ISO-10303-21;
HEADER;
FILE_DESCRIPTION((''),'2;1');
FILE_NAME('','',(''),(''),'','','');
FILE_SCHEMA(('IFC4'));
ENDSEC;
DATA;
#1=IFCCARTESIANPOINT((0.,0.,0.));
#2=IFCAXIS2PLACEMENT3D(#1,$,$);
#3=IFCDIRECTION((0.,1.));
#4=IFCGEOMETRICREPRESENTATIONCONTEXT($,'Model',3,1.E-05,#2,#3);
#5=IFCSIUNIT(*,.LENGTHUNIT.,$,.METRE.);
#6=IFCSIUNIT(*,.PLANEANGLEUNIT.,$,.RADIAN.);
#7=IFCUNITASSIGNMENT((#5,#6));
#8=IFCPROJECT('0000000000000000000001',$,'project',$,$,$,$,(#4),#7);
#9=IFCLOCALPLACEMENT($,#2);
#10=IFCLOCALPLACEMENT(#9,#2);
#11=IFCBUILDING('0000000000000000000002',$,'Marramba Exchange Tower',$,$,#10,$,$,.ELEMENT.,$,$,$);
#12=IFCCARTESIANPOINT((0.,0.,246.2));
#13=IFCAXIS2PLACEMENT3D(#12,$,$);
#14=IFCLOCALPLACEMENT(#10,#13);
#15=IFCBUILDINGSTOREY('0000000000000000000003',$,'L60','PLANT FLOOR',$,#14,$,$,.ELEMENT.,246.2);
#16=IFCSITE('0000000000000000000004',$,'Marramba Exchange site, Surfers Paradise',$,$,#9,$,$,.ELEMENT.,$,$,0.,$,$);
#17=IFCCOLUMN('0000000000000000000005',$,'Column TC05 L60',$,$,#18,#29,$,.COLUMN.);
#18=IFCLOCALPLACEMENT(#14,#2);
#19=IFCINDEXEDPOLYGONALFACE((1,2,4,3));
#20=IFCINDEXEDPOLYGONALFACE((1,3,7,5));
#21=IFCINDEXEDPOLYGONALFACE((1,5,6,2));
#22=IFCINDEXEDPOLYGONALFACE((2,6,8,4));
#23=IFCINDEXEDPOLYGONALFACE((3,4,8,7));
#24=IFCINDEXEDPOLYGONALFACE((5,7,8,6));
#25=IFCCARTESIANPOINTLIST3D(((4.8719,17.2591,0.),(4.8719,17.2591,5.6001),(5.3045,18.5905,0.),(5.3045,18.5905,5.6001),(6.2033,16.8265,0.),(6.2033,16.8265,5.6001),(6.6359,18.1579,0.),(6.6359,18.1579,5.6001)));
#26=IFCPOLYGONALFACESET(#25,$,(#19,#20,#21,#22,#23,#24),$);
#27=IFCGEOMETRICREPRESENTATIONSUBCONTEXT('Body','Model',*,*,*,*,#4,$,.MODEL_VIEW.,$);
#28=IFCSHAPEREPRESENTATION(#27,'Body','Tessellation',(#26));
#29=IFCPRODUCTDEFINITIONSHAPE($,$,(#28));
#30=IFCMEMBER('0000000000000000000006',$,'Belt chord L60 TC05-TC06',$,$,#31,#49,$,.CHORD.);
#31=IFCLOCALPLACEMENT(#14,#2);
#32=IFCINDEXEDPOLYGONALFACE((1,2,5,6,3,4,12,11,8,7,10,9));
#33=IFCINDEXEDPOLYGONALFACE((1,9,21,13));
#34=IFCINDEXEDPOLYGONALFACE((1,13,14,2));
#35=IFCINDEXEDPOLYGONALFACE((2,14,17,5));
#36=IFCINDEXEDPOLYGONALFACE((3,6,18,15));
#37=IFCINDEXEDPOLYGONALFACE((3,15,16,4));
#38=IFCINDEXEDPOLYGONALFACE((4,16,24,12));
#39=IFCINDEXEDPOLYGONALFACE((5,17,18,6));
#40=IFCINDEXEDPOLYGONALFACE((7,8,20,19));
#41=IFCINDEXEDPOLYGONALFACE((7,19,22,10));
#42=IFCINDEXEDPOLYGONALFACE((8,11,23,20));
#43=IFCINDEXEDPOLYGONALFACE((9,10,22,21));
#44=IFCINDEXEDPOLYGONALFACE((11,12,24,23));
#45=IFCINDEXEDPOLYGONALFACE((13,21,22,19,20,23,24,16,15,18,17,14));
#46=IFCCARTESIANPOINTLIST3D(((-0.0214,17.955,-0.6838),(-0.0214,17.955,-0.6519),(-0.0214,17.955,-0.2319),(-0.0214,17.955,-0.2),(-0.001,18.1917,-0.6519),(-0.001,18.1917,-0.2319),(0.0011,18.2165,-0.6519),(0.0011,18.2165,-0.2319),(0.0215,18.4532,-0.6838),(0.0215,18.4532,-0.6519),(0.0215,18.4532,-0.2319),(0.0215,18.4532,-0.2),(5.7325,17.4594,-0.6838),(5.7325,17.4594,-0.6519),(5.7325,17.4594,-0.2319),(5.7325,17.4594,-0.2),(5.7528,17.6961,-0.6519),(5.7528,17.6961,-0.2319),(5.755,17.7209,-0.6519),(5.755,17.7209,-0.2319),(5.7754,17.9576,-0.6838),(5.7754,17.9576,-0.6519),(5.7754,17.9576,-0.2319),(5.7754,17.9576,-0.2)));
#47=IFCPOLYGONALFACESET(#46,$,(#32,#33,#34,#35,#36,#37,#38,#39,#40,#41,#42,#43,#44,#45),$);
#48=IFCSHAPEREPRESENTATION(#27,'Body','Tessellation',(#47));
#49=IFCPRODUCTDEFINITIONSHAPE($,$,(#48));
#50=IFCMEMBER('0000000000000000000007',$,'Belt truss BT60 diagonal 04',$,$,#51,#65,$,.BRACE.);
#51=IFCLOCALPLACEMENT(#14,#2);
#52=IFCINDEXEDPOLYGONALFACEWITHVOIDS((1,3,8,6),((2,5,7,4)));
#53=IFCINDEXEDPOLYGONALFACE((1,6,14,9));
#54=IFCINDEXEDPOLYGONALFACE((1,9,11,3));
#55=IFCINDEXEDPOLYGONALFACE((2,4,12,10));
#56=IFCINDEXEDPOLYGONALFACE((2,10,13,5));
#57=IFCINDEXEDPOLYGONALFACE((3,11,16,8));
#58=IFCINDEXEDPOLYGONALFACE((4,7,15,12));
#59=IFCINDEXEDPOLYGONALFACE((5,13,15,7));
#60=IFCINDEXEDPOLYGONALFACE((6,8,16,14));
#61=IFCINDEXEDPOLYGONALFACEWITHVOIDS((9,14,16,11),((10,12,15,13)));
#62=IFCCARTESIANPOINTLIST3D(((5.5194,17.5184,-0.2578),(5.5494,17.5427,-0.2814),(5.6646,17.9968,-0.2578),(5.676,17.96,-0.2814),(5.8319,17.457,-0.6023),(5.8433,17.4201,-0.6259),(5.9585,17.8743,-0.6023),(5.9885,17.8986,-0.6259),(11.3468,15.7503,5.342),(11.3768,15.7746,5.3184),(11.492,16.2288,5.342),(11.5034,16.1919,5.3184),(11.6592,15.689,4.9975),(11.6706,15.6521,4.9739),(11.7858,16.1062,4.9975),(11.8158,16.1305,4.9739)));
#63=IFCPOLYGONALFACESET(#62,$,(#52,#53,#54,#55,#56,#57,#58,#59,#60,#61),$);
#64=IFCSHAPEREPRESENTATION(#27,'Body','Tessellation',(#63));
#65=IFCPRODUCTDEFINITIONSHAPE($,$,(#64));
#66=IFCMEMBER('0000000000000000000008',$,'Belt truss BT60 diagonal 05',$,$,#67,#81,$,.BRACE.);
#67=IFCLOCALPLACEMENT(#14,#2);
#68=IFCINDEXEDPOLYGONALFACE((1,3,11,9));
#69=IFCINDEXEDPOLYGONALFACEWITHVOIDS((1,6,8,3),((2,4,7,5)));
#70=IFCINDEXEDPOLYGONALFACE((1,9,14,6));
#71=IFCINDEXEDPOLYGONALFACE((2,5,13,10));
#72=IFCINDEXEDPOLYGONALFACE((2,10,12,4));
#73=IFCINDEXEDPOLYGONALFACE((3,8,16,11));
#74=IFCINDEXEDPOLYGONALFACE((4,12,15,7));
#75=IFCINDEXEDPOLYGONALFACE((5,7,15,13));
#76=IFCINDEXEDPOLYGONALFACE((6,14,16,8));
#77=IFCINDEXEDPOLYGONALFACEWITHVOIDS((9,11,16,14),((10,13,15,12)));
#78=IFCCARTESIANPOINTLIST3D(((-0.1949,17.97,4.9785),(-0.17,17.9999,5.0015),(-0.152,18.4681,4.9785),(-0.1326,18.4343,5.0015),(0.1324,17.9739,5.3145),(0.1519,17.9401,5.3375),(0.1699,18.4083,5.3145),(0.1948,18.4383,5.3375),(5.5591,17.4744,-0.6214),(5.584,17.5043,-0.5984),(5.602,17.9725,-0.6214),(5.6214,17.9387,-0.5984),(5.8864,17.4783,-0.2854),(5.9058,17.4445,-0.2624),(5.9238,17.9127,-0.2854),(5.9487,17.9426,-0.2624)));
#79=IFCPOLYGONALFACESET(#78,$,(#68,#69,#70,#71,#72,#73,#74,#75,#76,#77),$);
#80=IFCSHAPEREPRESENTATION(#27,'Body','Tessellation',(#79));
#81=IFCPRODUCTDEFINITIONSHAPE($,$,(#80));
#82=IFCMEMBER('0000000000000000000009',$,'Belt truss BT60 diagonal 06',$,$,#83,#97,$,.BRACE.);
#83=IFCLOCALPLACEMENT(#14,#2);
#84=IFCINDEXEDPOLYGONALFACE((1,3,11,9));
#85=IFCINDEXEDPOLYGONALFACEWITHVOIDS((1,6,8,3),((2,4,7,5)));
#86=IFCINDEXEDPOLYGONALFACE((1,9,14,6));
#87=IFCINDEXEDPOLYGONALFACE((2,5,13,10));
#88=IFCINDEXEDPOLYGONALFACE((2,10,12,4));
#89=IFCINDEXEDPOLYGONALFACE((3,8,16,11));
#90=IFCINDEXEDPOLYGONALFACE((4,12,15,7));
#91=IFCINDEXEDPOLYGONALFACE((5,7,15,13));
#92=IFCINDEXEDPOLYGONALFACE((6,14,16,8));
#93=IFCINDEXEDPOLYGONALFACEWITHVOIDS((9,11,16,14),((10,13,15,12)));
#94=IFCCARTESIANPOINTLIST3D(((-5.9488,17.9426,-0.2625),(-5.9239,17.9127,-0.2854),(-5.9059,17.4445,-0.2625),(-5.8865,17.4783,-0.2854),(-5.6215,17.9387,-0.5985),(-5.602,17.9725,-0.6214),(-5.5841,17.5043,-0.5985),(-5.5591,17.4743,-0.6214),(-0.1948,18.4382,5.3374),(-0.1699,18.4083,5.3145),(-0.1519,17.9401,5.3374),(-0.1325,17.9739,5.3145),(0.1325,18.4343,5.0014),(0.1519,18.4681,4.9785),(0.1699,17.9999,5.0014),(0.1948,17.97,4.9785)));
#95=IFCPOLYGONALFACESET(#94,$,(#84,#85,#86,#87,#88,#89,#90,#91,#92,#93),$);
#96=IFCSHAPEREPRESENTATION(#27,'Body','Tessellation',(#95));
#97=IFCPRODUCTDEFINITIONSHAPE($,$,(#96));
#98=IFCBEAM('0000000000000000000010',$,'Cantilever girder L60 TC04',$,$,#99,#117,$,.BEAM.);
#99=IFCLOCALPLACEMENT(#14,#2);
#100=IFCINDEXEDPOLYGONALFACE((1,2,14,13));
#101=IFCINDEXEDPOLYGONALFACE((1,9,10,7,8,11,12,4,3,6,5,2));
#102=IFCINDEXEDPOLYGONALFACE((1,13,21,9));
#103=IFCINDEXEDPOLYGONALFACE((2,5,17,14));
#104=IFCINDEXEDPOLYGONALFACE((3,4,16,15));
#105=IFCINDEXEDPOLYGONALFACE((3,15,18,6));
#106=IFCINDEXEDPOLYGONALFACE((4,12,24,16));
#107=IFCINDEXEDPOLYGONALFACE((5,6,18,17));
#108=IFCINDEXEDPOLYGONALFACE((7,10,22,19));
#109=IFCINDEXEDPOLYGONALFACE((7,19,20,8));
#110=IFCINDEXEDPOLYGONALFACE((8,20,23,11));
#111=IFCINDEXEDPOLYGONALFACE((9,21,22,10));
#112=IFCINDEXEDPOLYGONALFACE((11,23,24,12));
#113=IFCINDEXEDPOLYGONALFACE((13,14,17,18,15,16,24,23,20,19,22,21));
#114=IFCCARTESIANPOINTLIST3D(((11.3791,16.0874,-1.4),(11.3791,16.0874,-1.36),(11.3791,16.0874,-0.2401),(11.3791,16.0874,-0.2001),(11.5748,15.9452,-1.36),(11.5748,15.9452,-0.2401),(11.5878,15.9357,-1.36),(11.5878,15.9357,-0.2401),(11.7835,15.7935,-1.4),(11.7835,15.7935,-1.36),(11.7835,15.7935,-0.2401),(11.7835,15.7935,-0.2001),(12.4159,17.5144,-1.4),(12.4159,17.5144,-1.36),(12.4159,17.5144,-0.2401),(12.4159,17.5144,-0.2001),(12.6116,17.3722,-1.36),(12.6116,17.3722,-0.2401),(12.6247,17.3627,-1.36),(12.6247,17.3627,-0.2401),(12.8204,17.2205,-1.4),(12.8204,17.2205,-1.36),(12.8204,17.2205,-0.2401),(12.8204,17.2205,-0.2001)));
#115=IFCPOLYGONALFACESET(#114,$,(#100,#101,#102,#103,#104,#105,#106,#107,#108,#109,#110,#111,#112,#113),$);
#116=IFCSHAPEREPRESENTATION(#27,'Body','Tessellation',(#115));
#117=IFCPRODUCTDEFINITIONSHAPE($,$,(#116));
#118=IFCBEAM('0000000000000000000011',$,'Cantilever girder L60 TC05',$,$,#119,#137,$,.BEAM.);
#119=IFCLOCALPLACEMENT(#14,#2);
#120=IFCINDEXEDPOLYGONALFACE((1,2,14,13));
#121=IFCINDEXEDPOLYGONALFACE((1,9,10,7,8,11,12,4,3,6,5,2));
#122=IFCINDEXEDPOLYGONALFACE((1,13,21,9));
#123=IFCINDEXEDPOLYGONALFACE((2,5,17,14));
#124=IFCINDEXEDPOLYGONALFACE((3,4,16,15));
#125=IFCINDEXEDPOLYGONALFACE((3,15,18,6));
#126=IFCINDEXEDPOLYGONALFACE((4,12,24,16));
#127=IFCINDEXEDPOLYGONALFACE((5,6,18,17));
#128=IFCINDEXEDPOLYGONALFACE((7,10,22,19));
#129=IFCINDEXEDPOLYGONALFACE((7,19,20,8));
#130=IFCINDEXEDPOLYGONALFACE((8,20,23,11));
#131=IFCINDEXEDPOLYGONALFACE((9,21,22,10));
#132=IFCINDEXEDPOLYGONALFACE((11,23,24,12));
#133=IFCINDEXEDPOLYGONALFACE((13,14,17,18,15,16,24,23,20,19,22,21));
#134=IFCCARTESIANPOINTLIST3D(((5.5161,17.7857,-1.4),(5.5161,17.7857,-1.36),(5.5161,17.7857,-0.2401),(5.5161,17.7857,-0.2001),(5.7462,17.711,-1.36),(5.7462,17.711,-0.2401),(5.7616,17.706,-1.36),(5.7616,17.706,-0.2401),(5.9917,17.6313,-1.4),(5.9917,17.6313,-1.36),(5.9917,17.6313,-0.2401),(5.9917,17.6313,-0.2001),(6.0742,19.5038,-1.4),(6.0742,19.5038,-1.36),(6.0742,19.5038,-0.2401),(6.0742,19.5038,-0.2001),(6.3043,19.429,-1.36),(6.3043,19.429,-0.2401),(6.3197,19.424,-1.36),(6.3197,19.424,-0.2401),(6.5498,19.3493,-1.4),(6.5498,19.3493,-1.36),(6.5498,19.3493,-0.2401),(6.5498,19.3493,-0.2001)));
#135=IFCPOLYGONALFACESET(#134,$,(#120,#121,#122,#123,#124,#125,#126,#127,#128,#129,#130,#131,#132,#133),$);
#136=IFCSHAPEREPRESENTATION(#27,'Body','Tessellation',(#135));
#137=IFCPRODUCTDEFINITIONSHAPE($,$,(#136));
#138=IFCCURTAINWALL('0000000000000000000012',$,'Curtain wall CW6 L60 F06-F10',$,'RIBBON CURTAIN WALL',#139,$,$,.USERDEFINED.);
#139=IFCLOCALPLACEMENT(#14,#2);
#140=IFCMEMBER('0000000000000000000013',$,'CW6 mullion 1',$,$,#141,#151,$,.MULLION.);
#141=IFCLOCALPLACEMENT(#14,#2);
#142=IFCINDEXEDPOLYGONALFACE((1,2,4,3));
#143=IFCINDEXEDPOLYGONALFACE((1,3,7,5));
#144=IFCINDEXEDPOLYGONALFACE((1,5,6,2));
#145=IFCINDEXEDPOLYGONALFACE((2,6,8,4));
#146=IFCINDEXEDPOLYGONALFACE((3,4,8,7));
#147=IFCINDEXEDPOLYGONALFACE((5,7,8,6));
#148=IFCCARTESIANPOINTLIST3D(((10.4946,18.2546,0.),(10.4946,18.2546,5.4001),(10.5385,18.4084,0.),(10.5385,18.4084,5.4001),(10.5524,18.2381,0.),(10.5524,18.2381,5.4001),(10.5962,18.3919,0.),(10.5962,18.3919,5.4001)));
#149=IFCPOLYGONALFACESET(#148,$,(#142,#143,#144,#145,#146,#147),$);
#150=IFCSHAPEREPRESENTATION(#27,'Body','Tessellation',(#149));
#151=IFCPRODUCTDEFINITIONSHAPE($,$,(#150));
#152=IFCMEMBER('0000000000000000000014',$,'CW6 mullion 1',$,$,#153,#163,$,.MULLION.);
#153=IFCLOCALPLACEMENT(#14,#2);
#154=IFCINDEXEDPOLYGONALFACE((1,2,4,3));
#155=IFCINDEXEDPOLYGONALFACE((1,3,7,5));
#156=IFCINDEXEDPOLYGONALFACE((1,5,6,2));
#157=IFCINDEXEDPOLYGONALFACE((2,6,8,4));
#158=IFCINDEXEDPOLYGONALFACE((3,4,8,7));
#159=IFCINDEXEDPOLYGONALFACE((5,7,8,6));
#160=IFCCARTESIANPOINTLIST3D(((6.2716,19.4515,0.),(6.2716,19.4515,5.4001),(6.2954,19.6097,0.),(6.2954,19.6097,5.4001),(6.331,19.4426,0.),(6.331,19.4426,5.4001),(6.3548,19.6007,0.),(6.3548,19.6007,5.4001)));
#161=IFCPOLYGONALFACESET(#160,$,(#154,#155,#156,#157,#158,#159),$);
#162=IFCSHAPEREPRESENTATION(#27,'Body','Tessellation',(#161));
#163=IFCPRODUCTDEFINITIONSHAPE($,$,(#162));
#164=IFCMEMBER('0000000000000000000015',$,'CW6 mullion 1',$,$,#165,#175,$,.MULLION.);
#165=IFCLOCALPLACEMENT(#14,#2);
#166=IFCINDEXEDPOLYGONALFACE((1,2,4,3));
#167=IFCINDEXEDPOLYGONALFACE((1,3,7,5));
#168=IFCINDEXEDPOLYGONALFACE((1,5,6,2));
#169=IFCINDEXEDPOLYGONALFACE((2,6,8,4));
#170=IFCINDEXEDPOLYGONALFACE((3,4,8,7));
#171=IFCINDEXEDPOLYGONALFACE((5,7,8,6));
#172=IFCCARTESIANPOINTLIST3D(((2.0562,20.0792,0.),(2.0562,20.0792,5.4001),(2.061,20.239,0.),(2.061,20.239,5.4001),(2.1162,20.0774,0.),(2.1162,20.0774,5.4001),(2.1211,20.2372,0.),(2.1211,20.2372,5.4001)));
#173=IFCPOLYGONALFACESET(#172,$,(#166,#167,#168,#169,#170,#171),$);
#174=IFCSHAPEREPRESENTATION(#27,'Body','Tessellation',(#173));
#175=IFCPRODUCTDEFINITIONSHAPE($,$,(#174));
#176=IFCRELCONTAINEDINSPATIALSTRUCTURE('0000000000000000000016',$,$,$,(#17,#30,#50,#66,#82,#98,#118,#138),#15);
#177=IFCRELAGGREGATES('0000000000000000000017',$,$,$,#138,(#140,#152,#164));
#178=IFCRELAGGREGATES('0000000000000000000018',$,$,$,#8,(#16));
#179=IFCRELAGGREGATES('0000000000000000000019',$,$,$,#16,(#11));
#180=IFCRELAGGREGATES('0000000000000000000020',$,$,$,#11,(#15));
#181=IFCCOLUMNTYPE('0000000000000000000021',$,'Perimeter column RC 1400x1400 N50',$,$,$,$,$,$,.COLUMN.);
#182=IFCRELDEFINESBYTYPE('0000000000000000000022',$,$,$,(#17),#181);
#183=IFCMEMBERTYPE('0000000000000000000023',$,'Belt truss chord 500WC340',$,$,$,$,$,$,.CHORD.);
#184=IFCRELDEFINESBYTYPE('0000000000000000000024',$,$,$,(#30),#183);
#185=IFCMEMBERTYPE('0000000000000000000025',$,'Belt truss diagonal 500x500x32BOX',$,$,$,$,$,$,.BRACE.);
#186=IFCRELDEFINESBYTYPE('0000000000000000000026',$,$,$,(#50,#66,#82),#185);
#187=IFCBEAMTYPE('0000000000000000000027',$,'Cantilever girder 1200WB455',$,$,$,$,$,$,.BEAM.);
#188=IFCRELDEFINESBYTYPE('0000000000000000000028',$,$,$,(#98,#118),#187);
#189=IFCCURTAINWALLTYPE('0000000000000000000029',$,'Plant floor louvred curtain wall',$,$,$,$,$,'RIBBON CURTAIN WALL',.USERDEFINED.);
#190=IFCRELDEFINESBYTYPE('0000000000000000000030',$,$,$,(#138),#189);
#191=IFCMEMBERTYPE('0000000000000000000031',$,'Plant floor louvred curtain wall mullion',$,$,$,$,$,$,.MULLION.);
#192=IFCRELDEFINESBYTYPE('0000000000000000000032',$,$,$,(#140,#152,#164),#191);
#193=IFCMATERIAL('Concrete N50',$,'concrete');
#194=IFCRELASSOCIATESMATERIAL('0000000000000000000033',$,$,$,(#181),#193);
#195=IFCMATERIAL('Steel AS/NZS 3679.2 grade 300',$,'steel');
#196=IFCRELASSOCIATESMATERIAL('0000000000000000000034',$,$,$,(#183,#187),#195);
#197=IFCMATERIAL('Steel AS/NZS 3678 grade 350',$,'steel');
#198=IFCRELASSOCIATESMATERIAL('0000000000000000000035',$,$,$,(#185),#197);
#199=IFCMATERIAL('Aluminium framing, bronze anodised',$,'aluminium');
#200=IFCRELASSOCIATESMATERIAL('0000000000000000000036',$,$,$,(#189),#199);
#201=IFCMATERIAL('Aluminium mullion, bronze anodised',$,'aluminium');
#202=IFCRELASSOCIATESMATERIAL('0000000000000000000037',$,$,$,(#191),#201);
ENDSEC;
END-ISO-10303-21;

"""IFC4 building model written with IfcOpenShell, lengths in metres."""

from ifc_helpers import new_model, si_unit, direction, frame, origin, origin_2d, place, context, subcontext, project, spatial, rectangle, hollow_rectangle, i_section, extrude, material, material_profile, profile_set, type_object, element, aggregate, save


model = new_model("IFC4")

# Units and contexts
model_context = context("Model", 3, precision=1e-05, world=origin(), true_north=direction((0.0, 1.0)))
body_context = subcontext(model_context, "Body", "Model", "MODEL_VIEW")
ifc_project = project(units=[si_unit("LENGTHUNIT", "METRE"), si_unit("PLANEANGLEUNIT", "RADIAN")], contexts=[model_context])

# Site, building, storey
site_placement = place(None, origin())
site = spatial("IfcSite", under=ifc_project, at=site_placement, Name="Marramba Exchange site, Surfers Paradise", CompositionType="ELEMENT", RefElevation=0.0)
building_placement = place(site_placement, origin())
building = spatial("IfcBuilding", under=site, at=building_placement, Name="Marramba Exchange Tower", CompositionType="ELEMENT")
storey_placement = place(building_placement, frame((0.0, 0.0, 246.2)))
storey = spatial("IfcBuildingStorey", under=building, at=storey_placement, Name="L60", Description="PLANT FLOOR", CompositionType="ELEMENT", Elevation=246.2)

# Column
ifc_material_1 = material(Name="Concrete N50", Category="concrete")
ifc_material_profile_1 = material_profile(ifc_material_1, rectangle(XDim=1.3999, YDim=1.3999, at=origin_2d()), Name="RC 1400x1400")
ifc_profile_set_1 = profile_set([ifc_material_profile_1], Name="Concrete N50")
column_type = type_object("IfcColumnType", Name="Perimeter column RC 1400x1400 N50", PredefinedType="COLUMN", material=ifc_profile_set_1)
column_placement = place(storey_placement, frame((5.7539, 17.7085, 0.0), z_axis=(0.0, 0.0, 1.0), x_axis=(0.309017, 0.951057, 0.0)))
element("IfcColumn", 1, at=column_placement, inside=storey, type_object=column_type, Name="Column TC05 L60", PredefinedType="COLUMN", context=body_context, shape_type="SweptSolid", body=[
    extrude(rectangle(XDim=1.3999, YDim=1.3999, at=origin_2d()), origin(), (0.0, 0.0, 1.0), 5.6001),
])

# Members
ifc_material_2 = material(Name="Steel AS/NZS 3679.2 grade 300", Category="steel")
ifc_material_profile_2 = material_profile(ifc_material_2, i_section(OverallWidth=0.5, OverallDepth=0.4839, WebThickness=0.0249, FlangeThickness=0.032, at=origin_2d()), Name="500WC340")
ifc_profile_set_2 = profile_set([ifc_material_profile_2], Name="Steel AS/NZS 3679.2 grade 300")
member_type_1 = type_object("IfcMemberType", Name="Belt truss chord 500WC340", PredefinedType="CHORD", material=ifc_profile_set_2)
member_1_placement = place(storey_placement, frame((5.7539, 17.7085, -0.4419), z_axis=(-0.996311, 0.085816, 0.0), x_axis=(-0.085816, -0.996311, 0.0)))
element("IfcMember", 2, at=member_1_placement, inside=storey, type_object=member_type_1, Name="Belt chord L60 TC05-TC06", PredefinedType="CHORD", context=body_context, shape_type="SweptSolid", body=[
    extrude(i_section(OverallWidth=0.5, OverallDepth=0.4839, WebThickness=0.0249, FlangeThickness=0.032, at=origin_2d()), origin(), (0.0, 0.0, 1.0), 5.7751),
])
ifc_material_3 = material(Name="Steel AS/NZS 3678 grade 350", Category="steel")
ifc_material_profile_3 = material_profile(ifc_material_3, hollow_rectangle(XDim=0.5, YDim=0.5, WallThickness=0.032, at=origin_2d()), Name="500x500x32BOX")
ifc_profile_set_3 = profile_set([ifc_material_profile_3], Name="Steel AS/NZS 3678 grade 350")
member_type_2 = type_object("IfcMemberType", Name="Belt truss diagonal 500x500x32BOX", PredefinedType="BRACE", material=ifc_profile_set_3)
member_2_placement = place(storey_placement, frame((11.5813, 15.9404, 5.158), z_axis=(-0.704385, 0.213715, -0.676881), x_axis=(-0.290337, -0.956925, 0.0)))
element("IfcMember", 3, at=member_2_placement, inside=storey, type_object=member_type_2, Name="Belt truss BT60 diagonal 04", PredefinedType="BRACE", context=body_context, shape_type="SweptSolid", body=[
    extrude(hollow_rectangle(XDim=0.5, YDim=0.5, WallThickness=0.032, at=origin_2d()), origin(), (0.0, 0.0, 1.0), 8.2729),
])
for number, where, z_axis, x_axis, name in (
    (4, (5.7539, 17.7085, -0.4419), (-0.715274, 0.061609, 0.696123), (-0.085816, -0.996311, 0.0), "Belt truss BT60 diagonal 05"),
    (5, (0.0, 18.2041, 5.158), (-0.715274, -0.061609, -0.696123), (0.085816, -0.996311, 0.0), "Belt truss BT60 diagonal 06"),
):
    element("IfcMember", number, at=place(storey_placement, frame(where, z_axis=z_axis, x_axis=x_axis)), inside=storey, type_object=member_type_2, Name=name, PredefinedType="BRACE", context=body_context, shape_type="SweptSolid", body=[
        extrude(hollow_rectangle(XDim=0.5, YDim=0.5, WallThickness=0.032, at=origin_2d()), origin(), (0.0, 0.0, 1.0), 8.0444),
    ])

# Beams
ifc_material_profile_4 = material_profile(ifc_material_2, i_section(OverallWidth=0.5, OverallDepth=1.2, WebThickness=0.0161, FlangeThickness=0.04, at=origin_2d()), Name="1200WB455")
ifc_profile_set_4 = profile_set([ifc_material_profile_4], Name="Steel AS/NZS 3679.2 grade 300")
beam_type_1 = type_object("IfcBeamType", Name="Cantilever girder 1200WB455", PredefinedType="BEAM", material=ifc_profile_set_4)
beam_1_placement = place(storey_placement, frame((11.5813, 15.9404, -0.8), z_axis=(0.587818, 0.808993, 0.0), x_axis=(-0.808993, 0.587818, 0.0)))
element("IfcBeam", 6, at=beam_1_placement, inside=storey, type_object=beam_type_1, Name="Cantilever girder L60 TC04", PredefinedType="BEAM", context=body_context, shape_type="SweptSolid", body=[
    extrude(i_section(OverallWidth=0.5, OverallDepth=1.2, WebThickness=0.0161, FlangeThickness=0.04, at=origin_2d()), origin(), (0.0, 0.0, 1.0), 1.7639),
])
beam_2_placement = place(storey_placement, frame((5.7539, 17.7085, -0.8), z_axis=(0.308961, 0.951075, 0.0), x_axis=(-0.951075, 0.308961, 0.0)))
element("IfcBeam", 7, at=beam_2_placement, inside=storey, type_object=beam_type_1, Name="Cantilever girder L60 TC05", PredefinedType="BEAM", context=body_context, shape_type="SweptSolid", body=[
    extrude(i_section(OverallWidth=0.5, OverallDepth=1.2, WebThickness=0.0161, FlangeThickness=0.04, at=origin_2d()), origin(), (0.0, 0.0, 1.0), 1.8064),
])

# Curtain wall, members
ifc_material_4 = material(Name="Aluminium framing, bronze anodised", Category="aluminium")
curtain_wall_type = type_object("IfcCurtainWallType", Name="Plant floor louvred curtain wall", ElementType="RIBBON CURTAIN WALL", PredefinedType="USERDEFINED", material=ifc_material_4)
curtain_wall_1_placement = place(storey_placement, origin())
curtain_wall_1 = element("IfcCurtainWall", 8, at=curtain_wall_1_placement, inside=storey, type_object=curtain_wall_type, Name="Curtain wall CW6 L60 F06-F10", ObjectType="RIBBON CURTAIN WALL", PredefinedType="USERDEFINED")
ifc_material_5 = material(Name="Aluminium mullion, bronze anodised", Category="aluminium")
ifc_material_profile_5 = material_profile(ifc_material_5, rectangle(XDim=0.1599, YDim=0.0601, at=origin_2d()), Name="CW6 mullion 60x160")
ifc_profile_set_5 = profile_set([ifc_material_profile_5], Name="Aluminium mullion, bronze anodised")
member_type_3 = type_object("IfcMemberType", Name="Plant floor louvred curtain wall mullion", PredefinedType="MULLION", material=ifc_profile_set_5)
member_3_placement = place(storey_placement, frame((10.5454, 18.3232, 0.0), z_axis=(0.0, 0.0, 1.0), x_axis=(-0.274248, -0.961659, 0.0)))
member_3 = element("IfcMember", 9, at=member_3_placement, type_object=member_type_3, Name="CW6 mullion 1", PredefinedType="MULLION", context=body_context, shape_type="SweptSolid", body=[
    extrude(rectangle(XDim=0.1599, YDim=0.0601, at=origin_2d()), origin(), (0.0, 0.0, 1.0), 5.4001),
])
member_4_placement = place(storey_placement, frame((6.3132, 19.5261, 0.0), z_axis=(0.0, 0.0, 1.0), x_axis=(-0.148795, -0.988868, 0.0)))
member_4 = element("IfcMember", 10, at=member_4_placement, type_object=member_type_3, Name="CW6 mullion 1", PredefinedType="MULLION", context=body_context, shape_type="SweptSolid", body=[
    extrude(rectangle(XDim=0.1599, YDim=0.0601, at=origin_2d()), origin(), (0.0, 0.0, 1.0), 5.4001),
])
member_5_placement = place(storey_placement, frame((2.0886, 20.1582, 0.0), z_axis=(0.0, 0.0, 1.0), x_axis=(-0.030394, -0.999538, 0.0)))
member_5 = element("IfcMember", 11, at=member_5_placement, type_object=member_type_3, Name="CW6 mullion 1", PredefinedType="MULLION", context=body_context, shape_type="SweptSolid", body=[
    extrude(rectangle(XDim=0.1599, YDim=0.0601, at=origin_2d()), origin(), (0.0, 0.0, 1.0), 5.4001),
])

aggregate(curtain_wall_1, [member_3, member_4, member_5])

save(model, "model.ifc")
